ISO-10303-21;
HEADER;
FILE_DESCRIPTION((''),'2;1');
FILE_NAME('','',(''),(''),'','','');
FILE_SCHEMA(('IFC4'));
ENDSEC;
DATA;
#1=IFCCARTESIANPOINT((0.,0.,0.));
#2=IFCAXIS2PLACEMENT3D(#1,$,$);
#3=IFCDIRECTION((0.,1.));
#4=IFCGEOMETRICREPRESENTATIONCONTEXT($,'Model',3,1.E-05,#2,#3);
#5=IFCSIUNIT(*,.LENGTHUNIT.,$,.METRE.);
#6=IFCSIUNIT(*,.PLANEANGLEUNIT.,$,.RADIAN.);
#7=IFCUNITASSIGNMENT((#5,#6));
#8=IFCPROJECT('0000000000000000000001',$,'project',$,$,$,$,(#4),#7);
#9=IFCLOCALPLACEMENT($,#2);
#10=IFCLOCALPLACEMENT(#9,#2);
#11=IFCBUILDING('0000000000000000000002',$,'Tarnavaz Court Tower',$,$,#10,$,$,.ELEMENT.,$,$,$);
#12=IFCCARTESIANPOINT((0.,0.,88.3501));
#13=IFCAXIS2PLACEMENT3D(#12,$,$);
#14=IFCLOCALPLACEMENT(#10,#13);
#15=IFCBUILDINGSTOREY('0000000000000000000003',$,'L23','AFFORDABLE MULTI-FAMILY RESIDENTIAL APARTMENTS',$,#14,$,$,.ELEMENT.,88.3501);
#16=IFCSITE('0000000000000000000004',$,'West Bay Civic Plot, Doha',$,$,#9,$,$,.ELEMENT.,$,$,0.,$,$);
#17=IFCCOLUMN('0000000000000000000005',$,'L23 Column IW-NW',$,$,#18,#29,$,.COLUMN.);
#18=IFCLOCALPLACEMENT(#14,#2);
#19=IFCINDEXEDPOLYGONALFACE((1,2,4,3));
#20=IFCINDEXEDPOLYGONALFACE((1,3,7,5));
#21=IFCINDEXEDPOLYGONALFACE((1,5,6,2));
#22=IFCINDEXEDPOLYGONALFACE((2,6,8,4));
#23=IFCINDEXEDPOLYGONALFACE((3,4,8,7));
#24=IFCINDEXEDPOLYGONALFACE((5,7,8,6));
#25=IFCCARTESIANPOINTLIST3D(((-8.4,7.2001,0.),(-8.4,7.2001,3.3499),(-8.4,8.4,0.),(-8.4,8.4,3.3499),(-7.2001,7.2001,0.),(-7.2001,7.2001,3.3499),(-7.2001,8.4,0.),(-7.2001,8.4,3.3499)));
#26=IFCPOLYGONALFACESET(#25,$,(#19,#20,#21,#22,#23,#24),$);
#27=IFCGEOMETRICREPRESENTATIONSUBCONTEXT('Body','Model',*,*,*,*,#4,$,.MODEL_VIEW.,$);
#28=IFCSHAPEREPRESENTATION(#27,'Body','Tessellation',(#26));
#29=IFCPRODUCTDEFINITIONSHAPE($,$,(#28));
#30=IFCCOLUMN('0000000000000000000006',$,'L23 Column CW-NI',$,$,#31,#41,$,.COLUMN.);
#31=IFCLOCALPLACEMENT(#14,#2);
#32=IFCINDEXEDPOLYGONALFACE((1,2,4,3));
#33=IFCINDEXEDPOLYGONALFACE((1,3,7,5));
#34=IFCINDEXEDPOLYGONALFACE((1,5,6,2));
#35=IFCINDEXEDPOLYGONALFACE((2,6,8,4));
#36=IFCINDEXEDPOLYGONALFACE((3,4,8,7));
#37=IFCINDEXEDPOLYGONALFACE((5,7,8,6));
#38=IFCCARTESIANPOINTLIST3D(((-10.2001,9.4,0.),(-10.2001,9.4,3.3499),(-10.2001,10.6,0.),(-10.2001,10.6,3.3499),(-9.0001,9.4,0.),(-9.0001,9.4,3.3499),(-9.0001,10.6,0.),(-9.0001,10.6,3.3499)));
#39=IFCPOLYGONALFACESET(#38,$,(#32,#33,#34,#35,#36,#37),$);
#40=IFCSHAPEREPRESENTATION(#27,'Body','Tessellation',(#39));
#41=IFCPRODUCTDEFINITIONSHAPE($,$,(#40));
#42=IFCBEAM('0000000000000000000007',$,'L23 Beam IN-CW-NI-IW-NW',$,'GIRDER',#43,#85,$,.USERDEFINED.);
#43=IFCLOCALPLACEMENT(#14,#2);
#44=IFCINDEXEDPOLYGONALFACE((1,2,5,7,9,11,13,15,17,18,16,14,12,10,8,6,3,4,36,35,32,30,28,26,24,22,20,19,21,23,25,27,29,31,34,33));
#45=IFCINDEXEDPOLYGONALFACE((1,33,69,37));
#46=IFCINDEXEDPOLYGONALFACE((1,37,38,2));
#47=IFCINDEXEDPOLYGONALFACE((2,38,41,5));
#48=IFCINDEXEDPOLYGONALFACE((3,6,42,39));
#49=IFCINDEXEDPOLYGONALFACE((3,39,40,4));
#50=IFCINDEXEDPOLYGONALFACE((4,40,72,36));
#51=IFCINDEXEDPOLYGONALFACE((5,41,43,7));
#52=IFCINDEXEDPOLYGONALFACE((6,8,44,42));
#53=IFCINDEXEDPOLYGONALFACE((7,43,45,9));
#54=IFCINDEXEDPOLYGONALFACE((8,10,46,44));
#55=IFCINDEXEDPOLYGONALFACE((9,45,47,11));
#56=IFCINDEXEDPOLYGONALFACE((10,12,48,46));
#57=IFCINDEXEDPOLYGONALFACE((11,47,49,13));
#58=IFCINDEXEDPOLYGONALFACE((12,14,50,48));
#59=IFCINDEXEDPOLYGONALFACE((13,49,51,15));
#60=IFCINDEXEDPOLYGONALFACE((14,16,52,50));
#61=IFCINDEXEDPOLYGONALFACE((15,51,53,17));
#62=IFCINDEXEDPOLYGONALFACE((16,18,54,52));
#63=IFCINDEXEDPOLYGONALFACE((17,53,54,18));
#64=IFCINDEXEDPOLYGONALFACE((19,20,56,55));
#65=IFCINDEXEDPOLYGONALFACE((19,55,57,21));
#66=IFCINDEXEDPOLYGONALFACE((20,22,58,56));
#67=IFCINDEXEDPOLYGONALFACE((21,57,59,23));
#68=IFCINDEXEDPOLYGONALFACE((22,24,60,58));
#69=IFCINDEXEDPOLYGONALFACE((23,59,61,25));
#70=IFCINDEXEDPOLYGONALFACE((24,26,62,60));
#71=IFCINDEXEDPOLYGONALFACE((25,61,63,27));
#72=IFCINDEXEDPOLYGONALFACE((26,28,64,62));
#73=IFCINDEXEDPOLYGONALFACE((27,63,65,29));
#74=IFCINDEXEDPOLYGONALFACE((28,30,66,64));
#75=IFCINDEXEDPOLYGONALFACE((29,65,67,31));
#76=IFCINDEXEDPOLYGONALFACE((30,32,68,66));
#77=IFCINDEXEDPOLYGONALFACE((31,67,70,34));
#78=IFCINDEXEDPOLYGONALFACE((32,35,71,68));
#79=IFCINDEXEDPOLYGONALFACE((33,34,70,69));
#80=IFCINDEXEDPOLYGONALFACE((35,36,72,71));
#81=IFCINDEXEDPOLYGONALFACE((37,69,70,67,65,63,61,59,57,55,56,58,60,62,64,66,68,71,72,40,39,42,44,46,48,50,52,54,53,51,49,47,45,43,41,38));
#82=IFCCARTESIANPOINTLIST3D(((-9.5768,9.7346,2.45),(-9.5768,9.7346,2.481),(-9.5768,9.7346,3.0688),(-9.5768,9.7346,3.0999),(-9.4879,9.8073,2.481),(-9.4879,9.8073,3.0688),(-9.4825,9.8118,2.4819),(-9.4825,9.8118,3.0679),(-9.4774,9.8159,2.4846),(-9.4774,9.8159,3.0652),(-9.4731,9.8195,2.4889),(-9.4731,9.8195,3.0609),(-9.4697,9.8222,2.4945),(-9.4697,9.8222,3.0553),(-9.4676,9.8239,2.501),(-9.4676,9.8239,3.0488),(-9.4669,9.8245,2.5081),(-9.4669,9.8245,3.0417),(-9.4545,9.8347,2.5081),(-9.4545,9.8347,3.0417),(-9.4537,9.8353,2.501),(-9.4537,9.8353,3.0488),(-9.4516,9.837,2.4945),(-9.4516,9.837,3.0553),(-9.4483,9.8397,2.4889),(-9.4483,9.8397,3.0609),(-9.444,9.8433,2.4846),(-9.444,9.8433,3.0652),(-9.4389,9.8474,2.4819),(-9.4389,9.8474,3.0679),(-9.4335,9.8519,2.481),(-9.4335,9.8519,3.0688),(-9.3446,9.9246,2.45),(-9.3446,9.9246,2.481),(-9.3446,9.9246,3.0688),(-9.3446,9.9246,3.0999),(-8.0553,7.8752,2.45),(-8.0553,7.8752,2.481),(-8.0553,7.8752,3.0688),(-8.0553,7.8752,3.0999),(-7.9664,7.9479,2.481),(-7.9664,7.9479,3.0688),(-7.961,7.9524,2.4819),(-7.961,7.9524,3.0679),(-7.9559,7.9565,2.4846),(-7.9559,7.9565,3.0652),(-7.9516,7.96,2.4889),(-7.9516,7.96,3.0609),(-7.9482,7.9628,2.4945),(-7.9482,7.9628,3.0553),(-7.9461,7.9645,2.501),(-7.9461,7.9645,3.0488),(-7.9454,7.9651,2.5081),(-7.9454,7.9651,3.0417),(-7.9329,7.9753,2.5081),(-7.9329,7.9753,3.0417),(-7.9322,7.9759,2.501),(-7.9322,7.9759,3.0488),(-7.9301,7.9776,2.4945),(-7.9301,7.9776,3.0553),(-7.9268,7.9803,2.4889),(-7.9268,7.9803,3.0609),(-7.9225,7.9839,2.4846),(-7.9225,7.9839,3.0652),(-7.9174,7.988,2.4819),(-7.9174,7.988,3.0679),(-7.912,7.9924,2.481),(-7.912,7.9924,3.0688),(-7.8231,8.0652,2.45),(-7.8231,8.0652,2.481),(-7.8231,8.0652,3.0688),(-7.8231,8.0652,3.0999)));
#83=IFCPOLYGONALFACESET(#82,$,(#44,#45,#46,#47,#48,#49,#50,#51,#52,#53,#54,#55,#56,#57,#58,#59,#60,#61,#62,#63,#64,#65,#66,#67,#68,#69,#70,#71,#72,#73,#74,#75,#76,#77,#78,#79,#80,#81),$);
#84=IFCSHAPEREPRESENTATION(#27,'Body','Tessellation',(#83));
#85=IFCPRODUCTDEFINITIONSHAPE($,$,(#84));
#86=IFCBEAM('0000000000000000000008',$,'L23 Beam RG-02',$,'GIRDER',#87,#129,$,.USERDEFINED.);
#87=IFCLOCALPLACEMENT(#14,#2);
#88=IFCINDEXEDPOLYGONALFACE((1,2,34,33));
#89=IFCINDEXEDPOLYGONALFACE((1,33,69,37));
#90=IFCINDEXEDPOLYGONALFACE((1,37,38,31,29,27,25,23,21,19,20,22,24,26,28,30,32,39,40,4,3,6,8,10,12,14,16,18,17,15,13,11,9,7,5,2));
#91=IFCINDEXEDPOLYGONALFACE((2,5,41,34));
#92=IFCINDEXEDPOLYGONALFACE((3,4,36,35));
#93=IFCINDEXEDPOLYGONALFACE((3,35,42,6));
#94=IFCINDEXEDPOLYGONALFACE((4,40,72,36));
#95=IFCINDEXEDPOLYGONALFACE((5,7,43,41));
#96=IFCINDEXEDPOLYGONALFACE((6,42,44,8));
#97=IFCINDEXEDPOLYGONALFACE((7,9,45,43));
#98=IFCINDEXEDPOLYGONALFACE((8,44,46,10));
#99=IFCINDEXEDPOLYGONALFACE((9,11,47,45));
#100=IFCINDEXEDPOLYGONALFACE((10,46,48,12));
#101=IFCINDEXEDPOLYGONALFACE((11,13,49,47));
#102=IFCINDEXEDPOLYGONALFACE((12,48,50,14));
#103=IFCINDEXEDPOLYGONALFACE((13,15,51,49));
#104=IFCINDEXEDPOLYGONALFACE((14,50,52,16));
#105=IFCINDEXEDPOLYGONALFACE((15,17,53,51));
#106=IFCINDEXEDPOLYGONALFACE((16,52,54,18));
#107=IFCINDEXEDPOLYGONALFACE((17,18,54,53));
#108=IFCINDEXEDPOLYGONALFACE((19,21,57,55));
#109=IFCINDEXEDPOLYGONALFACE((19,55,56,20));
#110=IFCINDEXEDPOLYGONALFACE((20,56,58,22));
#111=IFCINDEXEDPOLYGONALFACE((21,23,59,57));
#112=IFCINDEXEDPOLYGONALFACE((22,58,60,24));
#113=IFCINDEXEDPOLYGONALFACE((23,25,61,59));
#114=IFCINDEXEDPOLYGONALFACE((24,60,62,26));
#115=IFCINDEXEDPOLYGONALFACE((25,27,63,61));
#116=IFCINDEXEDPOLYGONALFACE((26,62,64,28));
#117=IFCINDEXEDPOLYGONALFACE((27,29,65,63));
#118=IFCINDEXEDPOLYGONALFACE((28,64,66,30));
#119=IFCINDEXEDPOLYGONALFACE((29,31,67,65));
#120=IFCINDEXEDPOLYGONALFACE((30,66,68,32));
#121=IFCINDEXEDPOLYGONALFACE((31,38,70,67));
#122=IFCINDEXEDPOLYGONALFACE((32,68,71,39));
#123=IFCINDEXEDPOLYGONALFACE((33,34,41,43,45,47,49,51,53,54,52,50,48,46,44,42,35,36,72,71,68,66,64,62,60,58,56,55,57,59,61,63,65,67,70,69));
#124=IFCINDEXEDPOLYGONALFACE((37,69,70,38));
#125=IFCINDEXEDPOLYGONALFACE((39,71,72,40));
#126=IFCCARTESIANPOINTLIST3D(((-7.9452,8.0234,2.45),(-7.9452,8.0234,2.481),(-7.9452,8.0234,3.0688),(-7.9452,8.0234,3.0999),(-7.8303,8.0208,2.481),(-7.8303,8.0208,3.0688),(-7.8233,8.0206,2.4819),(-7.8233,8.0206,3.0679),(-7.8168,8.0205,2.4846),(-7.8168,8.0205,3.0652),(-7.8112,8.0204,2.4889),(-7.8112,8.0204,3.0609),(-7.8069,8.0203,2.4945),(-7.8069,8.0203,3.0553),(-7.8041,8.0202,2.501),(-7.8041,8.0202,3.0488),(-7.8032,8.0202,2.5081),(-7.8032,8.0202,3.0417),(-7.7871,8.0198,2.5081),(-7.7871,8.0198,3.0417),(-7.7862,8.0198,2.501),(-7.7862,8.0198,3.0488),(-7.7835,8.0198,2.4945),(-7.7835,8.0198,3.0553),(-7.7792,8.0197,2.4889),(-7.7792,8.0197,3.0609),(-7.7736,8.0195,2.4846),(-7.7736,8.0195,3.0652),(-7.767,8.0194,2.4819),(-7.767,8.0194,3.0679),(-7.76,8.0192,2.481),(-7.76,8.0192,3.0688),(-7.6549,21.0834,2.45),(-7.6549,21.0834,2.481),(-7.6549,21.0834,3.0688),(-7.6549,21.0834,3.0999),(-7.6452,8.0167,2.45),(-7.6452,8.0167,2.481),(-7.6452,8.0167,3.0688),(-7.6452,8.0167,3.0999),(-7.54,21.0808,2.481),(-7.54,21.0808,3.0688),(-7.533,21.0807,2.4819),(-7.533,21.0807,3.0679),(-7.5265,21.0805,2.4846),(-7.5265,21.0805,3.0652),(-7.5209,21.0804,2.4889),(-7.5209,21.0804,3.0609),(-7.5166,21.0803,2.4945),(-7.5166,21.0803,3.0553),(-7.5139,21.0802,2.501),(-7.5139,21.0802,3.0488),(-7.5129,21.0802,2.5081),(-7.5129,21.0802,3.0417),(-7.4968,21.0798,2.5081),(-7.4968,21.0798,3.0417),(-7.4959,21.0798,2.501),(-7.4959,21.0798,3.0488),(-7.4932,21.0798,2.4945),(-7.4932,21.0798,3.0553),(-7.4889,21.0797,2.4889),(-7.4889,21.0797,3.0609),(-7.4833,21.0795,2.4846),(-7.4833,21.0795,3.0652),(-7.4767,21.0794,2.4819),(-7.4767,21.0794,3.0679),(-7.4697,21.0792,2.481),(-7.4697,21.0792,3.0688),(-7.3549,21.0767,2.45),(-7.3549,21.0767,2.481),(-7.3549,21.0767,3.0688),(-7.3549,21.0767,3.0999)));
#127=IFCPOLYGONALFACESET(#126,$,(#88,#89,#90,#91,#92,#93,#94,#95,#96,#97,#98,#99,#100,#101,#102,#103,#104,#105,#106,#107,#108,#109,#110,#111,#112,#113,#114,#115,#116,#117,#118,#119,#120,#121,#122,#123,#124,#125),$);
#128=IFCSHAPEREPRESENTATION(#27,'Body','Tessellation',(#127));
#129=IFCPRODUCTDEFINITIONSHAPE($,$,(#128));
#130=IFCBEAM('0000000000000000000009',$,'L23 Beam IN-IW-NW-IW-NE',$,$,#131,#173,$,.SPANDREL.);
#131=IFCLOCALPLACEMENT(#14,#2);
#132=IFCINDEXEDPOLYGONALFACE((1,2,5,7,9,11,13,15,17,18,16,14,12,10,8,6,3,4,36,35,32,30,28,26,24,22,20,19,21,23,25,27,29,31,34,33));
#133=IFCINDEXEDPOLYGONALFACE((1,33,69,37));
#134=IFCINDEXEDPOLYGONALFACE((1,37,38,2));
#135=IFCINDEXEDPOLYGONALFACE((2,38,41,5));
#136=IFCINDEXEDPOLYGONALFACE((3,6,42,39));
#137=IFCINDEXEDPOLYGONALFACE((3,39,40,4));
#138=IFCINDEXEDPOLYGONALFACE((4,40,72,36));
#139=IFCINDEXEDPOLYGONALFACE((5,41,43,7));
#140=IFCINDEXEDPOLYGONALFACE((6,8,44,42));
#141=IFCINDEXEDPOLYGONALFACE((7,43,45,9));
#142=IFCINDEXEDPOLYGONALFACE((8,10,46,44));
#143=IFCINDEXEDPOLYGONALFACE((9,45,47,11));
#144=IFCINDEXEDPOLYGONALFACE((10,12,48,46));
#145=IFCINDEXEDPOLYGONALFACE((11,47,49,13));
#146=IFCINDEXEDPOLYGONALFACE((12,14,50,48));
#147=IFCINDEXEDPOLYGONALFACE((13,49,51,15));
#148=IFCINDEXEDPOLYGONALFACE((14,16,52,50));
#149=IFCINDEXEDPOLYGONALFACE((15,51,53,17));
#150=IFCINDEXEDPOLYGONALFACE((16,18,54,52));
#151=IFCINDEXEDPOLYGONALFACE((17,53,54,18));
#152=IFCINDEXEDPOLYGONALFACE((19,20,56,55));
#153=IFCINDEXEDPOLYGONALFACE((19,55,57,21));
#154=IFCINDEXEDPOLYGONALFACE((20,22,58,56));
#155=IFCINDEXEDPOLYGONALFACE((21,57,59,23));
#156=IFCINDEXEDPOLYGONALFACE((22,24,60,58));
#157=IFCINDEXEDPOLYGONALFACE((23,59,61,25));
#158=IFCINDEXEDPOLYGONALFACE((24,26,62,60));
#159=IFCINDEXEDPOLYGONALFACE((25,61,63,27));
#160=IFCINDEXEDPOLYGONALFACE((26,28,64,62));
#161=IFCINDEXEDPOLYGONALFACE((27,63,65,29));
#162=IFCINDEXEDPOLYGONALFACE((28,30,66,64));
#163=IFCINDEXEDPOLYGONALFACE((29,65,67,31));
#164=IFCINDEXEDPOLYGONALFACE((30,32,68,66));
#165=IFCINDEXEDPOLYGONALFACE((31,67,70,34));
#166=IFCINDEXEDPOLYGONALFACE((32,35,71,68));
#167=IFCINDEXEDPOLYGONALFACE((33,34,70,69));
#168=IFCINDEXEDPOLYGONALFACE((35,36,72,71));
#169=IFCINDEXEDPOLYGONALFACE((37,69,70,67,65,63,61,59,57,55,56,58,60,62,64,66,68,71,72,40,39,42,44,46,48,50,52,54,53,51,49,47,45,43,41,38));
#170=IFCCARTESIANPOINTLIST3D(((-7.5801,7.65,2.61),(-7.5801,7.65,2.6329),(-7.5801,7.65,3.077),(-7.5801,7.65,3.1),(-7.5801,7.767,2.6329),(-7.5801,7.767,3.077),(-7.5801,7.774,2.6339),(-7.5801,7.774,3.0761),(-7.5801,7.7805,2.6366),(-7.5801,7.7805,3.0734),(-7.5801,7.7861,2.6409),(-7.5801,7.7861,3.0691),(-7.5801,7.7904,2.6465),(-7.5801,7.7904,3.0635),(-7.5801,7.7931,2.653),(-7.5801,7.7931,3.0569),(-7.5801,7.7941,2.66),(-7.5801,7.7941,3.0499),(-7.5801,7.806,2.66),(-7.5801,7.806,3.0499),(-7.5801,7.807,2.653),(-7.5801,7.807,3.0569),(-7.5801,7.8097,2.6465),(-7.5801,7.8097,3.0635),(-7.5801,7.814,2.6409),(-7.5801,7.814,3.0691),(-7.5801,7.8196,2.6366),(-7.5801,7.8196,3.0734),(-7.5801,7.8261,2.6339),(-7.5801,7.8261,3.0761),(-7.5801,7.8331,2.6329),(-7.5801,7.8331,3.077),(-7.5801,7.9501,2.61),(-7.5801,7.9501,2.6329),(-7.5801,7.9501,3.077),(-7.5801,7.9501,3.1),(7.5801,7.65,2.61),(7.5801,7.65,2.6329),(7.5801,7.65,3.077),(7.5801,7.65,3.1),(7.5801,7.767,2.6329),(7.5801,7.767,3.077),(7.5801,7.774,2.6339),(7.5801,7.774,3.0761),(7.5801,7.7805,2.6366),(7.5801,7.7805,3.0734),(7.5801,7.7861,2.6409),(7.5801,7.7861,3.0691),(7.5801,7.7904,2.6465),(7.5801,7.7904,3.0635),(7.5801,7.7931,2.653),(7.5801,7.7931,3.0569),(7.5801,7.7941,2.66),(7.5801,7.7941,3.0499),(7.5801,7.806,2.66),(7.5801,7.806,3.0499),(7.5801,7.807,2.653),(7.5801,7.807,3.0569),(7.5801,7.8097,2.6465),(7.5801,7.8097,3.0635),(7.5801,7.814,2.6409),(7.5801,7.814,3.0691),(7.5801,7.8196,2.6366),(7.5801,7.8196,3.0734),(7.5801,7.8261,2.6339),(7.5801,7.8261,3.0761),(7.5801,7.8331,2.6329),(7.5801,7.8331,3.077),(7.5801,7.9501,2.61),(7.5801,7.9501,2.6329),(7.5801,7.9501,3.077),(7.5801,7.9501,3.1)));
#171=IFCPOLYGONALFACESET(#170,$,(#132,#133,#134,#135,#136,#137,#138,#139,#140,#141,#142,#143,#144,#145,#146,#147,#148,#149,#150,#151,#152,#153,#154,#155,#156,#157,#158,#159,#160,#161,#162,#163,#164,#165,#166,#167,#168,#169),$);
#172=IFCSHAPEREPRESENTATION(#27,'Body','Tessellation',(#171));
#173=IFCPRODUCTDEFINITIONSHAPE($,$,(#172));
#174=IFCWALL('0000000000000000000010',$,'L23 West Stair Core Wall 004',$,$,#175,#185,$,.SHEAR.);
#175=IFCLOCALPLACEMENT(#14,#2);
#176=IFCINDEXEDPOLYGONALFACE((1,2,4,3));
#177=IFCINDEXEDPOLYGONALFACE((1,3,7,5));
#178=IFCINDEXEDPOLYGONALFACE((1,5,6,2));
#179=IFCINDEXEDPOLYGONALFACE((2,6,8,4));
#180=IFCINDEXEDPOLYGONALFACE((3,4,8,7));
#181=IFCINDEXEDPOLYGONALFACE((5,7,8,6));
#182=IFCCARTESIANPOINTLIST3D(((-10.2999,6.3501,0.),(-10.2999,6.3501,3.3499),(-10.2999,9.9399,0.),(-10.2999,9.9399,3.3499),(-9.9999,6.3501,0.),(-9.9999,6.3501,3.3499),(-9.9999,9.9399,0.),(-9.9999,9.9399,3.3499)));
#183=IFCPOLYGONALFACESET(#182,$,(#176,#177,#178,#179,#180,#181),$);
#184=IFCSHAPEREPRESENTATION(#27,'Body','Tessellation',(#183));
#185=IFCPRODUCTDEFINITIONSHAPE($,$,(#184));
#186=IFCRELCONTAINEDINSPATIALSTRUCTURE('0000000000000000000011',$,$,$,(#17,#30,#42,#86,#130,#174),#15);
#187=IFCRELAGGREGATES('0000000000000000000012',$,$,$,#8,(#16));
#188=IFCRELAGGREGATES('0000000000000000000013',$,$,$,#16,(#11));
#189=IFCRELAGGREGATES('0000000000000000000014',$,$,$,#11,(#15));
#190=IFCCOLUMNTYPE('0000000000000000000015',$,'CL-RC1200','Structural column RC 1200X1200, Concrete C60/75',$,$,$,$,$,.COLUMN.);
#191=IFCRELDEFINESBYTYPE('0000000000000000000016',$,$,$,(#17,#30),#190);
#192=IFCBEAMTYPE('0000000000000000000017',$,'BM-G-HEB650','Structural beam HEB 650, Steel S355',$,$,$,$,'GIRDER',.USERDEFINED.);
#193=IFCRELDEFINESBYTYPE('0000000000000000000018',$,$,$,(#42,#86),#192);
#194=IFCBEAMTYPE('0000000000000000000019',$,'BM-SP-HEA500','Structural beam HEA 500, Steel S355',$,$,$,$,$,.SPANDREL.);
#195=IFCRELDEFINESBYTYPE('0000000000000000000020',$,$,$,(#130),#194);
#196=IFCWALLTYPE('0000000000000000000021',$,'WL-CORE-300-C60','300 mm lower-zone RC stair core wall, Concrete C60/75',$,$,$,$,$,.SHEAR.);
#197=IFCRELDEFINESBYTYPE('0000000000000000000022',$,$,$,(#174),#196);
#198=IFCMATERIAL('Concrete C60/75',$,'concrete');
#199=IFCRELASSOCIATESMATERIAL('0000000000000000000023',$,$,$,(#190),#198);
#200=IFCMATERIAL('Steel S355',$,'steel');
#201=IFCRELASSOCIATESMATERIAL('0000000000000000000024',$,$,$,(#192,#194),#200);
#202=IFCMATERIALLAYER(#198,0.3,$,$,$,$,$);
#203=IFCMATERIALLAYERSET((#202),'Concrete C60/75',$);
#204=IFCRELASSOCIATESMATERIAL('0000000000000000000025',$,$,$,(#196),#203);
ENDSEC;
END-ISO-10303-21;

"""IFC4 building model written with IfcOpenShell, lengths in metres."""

from ifc_helpers import new_model, si_unit, direction, frame, frame_2d, origin, origin_2d, place, context, subcontext, project, spatial, rectangle, i_section, extrude, material, layer, layer_set, material_profile, profile_set, type_object, element, save


model = new_model("IFC4")

# Units and contexts
model_context = context("Model", 3, precision=1e-05, world=origin(), true_north=direction((0.0, 1.0)))
body_context = subcontext(model_context, "Body", "Model", "MODEL_VIEW")
ifc_project = project(units=[si_unit("LENGTHUNIT", "METRE"), si_unit("PLANEANGLEUNIT", "RADIAN")], contexts=[model_context])

# Site, building, storey
site_placement = place(None, origin())
site = spatial("IfcSite", under=ifc_project, at=site_placement, Name="West Bay Civic Plot, Doha", CompositionType="ELEMENT", RefElevation=0.0)
building_placement = place(site_placement, origin())
building = spatial("IfcBuilding", under=site, at=building_placement, Name="Tarnavaz Court Tower", CompositionType="ELEMENT")
storey_placement = place(building_placement, frame((0.0, 0.0, 88.3501)))
storey = spatial("IfcBuildingStorey", under=building, at=storey_placement, Name="L23", Description="AFFORDABLE MULTI-FAMILY RESIDENTIAL APARTMENTS", CompositionType="ELEMENT", Elevation=88.3501)

# Columns
ifc_material_1 = material(Name="Concrete C60/75", Category="concrete")
ifc_material_profile_1 = material_profile(ifc_material_1, rectangle(XDim=1.2, YDim=1.2, at=origin_2d()), Name="RC 1200X1200")
ifc_profile_set_1 = profile_set([ifc_material_profile_1], Name="Concrete C60/75")
column_type = type_object("IfcColumnType", Name="CL-RC1200", Description="Structural column RC 1200X1200, Concrete C60/75", PredefinedType="COLUMN", material=ifc_profile_set_1)
for number, where, z_axis, x_axis, name in (
    (1, (-7.8, 7.8, 0.0), (0.0, 0.0, 1.0), (1.0, 0.0, 0.0), "L23 Column IW-NW"),
    (2, (-9.6001, 10.0, 0.0), (0.0, 0.0, 1.0), (1.0, 0.0, 0.0), "L23 Column CW-NI"),
):
    element("IfcColumn", number, at=place(storey_placement, frame(where, z_axis=z_axis, x_axis=x_axis)), inside=storey, type_object=column_type, Name=name, PredefinedType="COLUMN", context=body_context, shape_type="SweptSolid", body=[
        extrude(rectangle(XDim=1.2, YDim=1.2, at=origin_2d()), origin(), (0.0, 0.0, 1.0), 3.3499),
    ])

# Beams
ifc_material_2 = material(Name="Steel S355", Category="steel")
ifc_material_profile_2 = material_profile(ifc_material_2, i_section(OverallWidth=0.3, OverallDepth=0.6499, WebThickness=0.0161, FlangeThickness=0.031, FilletRadius=0.0271, at=origin_2d()), Name="HEB 650")
ifc_profile_set_2 = profile_set([ifc_material_profile_2], Name="Steel S355")
beam_type_1 = type_object("IfcBeamType", Name="BM-G-HEB650", Description="Structural beam HEB 650, Steel S355", ElementType="GIRDER", PredefinedType="USERDEFINED", material=ifc_profile_set_2)
beam_1_placement = place(storey_placement, frame((-9.4607, 9.8296, 2.7749), z_axis=(0.633282, -0.773921, 0.0), x_axis=(0.773921, 0.633282, 0.0)))
element("IfcBeam", 3, at=beam_1_placement, inside=storey, type_object=beam_type_1, Name="L23 Beam IN-CW-NI-IW-NW", ObjectType="GIRDER", PredefinedType="USERDEFINED", context=body_context, shape_type="SweptSolid", body=[
    extrude(i_section(OverallWidth=0.3, OverallDepth=0.6499, WebThickness=0.0161, FlangeThickness=0.031, FilletRadius=0.0271, at=origin_2d()), origin(), (0.0, 0.0, 1.0), 2.4026),
])
beam_2_placement = place(storey_placement, frame((-7.7952, 8.02, 2.7749), z_axis=(0.022221, 0.999753, 0.0), x_axis=(-0.999753, 0.022221, 0.0)))
element("IfcBeam", 4, at=beam_2_placement, inside=storey, type_object=beam_type_1, Name="L23 Beam RG-02", ObjectType="GIRDER", PredefinedType="USERDEFINED", context=body_context, shape_type="SweptSolid", body=[
    extrude(i_section(OverallWidth=0.3, OverallDepth=0.6499, WebThickness=0.0161, FlangeThickness=0.031, FilletRadius=0.0271, at=origin_2d()), origin(), (0.0, 0.0, 1.0), 13.0632),
])
ifc_material_profile_3 = material_profile(ifc_material_2, i_section(OverallWidth=0.3, OverallDepth=0.49, WebThickness=0.012, FlangeThickness=0.0229, FilletRadius=0.0271, at=origin_2d()), Name="HEA 500")
ifc_profile_set_3 = profile_set([ifc_material_profile_3], Name="Steel S355")
beam_type_2 = type_object("IfcBeamType", Name="BM-SP-HEA500", Description="Structural beam HEA 500, Steel S355", PredefinedType="SPANDREL", material=ifc_profile_set_3)
beam_3_placement = place(storey_placement, frame((-7.5801, 7.8, 2.855), z_axis=(1.0, 0.0, 0.0), x_axis=(0.0, 1.0, 0.0)))
element("IfcBeam", 5, at=beam_3_placement, inside=storey, type_object=beam_type_2, Name="L23 Beam IN-IW-NW-IW-NE", PredefinedType="SPANDREL", context=body_context, shape_type="SweptSolid", body=[
    extrude(i_section(OverallWidth=0.3, OverallDepth=0.49, WebThickness=0.012, FlangeThickness=0.0229, FilletRadius=0.0271, at=origin_2d()), origin(), (0.0, 0.0, 1.0), 15.1602),
])

# Wall
ifc_layer_1 = layer(ifc_material_1, 0.3)
ifc_layer_set_1 = layer_set([ifc_layer_1], Name="Concrete C60/75")
wall_type_1 = type_object("IfcWallType", Name="WL-CORE-300-C60", Description="300 mm lower-zone RC stair core wall, Concrete C60/75", PredefinedType="SHEAR", material=ifc_layer_set_1)
wall_1_placement = place(storey_placement, frame((-10.1499, 6.3501, 0.0), z_axis=(0.0, 0.0, 1.0), x_axis=(0.0, 1.0, 0.0)))
element("IfcWall", 6, at=wall_1_placement, inside=storey, type_object=wall_type_1, Name="L23 West Stair Core Wall 004", PredefinedType="SHEAR", context=body_context, shape_type="SweptSolid", body=[
    extrude(rectangle(XDim=3.5898, YDim=0.3, at=frame_2d((1.7949, 0.0))), origin(), (0.0, 0.0, 1.0), 3.3499),
])

save(model, "model.ifc")
